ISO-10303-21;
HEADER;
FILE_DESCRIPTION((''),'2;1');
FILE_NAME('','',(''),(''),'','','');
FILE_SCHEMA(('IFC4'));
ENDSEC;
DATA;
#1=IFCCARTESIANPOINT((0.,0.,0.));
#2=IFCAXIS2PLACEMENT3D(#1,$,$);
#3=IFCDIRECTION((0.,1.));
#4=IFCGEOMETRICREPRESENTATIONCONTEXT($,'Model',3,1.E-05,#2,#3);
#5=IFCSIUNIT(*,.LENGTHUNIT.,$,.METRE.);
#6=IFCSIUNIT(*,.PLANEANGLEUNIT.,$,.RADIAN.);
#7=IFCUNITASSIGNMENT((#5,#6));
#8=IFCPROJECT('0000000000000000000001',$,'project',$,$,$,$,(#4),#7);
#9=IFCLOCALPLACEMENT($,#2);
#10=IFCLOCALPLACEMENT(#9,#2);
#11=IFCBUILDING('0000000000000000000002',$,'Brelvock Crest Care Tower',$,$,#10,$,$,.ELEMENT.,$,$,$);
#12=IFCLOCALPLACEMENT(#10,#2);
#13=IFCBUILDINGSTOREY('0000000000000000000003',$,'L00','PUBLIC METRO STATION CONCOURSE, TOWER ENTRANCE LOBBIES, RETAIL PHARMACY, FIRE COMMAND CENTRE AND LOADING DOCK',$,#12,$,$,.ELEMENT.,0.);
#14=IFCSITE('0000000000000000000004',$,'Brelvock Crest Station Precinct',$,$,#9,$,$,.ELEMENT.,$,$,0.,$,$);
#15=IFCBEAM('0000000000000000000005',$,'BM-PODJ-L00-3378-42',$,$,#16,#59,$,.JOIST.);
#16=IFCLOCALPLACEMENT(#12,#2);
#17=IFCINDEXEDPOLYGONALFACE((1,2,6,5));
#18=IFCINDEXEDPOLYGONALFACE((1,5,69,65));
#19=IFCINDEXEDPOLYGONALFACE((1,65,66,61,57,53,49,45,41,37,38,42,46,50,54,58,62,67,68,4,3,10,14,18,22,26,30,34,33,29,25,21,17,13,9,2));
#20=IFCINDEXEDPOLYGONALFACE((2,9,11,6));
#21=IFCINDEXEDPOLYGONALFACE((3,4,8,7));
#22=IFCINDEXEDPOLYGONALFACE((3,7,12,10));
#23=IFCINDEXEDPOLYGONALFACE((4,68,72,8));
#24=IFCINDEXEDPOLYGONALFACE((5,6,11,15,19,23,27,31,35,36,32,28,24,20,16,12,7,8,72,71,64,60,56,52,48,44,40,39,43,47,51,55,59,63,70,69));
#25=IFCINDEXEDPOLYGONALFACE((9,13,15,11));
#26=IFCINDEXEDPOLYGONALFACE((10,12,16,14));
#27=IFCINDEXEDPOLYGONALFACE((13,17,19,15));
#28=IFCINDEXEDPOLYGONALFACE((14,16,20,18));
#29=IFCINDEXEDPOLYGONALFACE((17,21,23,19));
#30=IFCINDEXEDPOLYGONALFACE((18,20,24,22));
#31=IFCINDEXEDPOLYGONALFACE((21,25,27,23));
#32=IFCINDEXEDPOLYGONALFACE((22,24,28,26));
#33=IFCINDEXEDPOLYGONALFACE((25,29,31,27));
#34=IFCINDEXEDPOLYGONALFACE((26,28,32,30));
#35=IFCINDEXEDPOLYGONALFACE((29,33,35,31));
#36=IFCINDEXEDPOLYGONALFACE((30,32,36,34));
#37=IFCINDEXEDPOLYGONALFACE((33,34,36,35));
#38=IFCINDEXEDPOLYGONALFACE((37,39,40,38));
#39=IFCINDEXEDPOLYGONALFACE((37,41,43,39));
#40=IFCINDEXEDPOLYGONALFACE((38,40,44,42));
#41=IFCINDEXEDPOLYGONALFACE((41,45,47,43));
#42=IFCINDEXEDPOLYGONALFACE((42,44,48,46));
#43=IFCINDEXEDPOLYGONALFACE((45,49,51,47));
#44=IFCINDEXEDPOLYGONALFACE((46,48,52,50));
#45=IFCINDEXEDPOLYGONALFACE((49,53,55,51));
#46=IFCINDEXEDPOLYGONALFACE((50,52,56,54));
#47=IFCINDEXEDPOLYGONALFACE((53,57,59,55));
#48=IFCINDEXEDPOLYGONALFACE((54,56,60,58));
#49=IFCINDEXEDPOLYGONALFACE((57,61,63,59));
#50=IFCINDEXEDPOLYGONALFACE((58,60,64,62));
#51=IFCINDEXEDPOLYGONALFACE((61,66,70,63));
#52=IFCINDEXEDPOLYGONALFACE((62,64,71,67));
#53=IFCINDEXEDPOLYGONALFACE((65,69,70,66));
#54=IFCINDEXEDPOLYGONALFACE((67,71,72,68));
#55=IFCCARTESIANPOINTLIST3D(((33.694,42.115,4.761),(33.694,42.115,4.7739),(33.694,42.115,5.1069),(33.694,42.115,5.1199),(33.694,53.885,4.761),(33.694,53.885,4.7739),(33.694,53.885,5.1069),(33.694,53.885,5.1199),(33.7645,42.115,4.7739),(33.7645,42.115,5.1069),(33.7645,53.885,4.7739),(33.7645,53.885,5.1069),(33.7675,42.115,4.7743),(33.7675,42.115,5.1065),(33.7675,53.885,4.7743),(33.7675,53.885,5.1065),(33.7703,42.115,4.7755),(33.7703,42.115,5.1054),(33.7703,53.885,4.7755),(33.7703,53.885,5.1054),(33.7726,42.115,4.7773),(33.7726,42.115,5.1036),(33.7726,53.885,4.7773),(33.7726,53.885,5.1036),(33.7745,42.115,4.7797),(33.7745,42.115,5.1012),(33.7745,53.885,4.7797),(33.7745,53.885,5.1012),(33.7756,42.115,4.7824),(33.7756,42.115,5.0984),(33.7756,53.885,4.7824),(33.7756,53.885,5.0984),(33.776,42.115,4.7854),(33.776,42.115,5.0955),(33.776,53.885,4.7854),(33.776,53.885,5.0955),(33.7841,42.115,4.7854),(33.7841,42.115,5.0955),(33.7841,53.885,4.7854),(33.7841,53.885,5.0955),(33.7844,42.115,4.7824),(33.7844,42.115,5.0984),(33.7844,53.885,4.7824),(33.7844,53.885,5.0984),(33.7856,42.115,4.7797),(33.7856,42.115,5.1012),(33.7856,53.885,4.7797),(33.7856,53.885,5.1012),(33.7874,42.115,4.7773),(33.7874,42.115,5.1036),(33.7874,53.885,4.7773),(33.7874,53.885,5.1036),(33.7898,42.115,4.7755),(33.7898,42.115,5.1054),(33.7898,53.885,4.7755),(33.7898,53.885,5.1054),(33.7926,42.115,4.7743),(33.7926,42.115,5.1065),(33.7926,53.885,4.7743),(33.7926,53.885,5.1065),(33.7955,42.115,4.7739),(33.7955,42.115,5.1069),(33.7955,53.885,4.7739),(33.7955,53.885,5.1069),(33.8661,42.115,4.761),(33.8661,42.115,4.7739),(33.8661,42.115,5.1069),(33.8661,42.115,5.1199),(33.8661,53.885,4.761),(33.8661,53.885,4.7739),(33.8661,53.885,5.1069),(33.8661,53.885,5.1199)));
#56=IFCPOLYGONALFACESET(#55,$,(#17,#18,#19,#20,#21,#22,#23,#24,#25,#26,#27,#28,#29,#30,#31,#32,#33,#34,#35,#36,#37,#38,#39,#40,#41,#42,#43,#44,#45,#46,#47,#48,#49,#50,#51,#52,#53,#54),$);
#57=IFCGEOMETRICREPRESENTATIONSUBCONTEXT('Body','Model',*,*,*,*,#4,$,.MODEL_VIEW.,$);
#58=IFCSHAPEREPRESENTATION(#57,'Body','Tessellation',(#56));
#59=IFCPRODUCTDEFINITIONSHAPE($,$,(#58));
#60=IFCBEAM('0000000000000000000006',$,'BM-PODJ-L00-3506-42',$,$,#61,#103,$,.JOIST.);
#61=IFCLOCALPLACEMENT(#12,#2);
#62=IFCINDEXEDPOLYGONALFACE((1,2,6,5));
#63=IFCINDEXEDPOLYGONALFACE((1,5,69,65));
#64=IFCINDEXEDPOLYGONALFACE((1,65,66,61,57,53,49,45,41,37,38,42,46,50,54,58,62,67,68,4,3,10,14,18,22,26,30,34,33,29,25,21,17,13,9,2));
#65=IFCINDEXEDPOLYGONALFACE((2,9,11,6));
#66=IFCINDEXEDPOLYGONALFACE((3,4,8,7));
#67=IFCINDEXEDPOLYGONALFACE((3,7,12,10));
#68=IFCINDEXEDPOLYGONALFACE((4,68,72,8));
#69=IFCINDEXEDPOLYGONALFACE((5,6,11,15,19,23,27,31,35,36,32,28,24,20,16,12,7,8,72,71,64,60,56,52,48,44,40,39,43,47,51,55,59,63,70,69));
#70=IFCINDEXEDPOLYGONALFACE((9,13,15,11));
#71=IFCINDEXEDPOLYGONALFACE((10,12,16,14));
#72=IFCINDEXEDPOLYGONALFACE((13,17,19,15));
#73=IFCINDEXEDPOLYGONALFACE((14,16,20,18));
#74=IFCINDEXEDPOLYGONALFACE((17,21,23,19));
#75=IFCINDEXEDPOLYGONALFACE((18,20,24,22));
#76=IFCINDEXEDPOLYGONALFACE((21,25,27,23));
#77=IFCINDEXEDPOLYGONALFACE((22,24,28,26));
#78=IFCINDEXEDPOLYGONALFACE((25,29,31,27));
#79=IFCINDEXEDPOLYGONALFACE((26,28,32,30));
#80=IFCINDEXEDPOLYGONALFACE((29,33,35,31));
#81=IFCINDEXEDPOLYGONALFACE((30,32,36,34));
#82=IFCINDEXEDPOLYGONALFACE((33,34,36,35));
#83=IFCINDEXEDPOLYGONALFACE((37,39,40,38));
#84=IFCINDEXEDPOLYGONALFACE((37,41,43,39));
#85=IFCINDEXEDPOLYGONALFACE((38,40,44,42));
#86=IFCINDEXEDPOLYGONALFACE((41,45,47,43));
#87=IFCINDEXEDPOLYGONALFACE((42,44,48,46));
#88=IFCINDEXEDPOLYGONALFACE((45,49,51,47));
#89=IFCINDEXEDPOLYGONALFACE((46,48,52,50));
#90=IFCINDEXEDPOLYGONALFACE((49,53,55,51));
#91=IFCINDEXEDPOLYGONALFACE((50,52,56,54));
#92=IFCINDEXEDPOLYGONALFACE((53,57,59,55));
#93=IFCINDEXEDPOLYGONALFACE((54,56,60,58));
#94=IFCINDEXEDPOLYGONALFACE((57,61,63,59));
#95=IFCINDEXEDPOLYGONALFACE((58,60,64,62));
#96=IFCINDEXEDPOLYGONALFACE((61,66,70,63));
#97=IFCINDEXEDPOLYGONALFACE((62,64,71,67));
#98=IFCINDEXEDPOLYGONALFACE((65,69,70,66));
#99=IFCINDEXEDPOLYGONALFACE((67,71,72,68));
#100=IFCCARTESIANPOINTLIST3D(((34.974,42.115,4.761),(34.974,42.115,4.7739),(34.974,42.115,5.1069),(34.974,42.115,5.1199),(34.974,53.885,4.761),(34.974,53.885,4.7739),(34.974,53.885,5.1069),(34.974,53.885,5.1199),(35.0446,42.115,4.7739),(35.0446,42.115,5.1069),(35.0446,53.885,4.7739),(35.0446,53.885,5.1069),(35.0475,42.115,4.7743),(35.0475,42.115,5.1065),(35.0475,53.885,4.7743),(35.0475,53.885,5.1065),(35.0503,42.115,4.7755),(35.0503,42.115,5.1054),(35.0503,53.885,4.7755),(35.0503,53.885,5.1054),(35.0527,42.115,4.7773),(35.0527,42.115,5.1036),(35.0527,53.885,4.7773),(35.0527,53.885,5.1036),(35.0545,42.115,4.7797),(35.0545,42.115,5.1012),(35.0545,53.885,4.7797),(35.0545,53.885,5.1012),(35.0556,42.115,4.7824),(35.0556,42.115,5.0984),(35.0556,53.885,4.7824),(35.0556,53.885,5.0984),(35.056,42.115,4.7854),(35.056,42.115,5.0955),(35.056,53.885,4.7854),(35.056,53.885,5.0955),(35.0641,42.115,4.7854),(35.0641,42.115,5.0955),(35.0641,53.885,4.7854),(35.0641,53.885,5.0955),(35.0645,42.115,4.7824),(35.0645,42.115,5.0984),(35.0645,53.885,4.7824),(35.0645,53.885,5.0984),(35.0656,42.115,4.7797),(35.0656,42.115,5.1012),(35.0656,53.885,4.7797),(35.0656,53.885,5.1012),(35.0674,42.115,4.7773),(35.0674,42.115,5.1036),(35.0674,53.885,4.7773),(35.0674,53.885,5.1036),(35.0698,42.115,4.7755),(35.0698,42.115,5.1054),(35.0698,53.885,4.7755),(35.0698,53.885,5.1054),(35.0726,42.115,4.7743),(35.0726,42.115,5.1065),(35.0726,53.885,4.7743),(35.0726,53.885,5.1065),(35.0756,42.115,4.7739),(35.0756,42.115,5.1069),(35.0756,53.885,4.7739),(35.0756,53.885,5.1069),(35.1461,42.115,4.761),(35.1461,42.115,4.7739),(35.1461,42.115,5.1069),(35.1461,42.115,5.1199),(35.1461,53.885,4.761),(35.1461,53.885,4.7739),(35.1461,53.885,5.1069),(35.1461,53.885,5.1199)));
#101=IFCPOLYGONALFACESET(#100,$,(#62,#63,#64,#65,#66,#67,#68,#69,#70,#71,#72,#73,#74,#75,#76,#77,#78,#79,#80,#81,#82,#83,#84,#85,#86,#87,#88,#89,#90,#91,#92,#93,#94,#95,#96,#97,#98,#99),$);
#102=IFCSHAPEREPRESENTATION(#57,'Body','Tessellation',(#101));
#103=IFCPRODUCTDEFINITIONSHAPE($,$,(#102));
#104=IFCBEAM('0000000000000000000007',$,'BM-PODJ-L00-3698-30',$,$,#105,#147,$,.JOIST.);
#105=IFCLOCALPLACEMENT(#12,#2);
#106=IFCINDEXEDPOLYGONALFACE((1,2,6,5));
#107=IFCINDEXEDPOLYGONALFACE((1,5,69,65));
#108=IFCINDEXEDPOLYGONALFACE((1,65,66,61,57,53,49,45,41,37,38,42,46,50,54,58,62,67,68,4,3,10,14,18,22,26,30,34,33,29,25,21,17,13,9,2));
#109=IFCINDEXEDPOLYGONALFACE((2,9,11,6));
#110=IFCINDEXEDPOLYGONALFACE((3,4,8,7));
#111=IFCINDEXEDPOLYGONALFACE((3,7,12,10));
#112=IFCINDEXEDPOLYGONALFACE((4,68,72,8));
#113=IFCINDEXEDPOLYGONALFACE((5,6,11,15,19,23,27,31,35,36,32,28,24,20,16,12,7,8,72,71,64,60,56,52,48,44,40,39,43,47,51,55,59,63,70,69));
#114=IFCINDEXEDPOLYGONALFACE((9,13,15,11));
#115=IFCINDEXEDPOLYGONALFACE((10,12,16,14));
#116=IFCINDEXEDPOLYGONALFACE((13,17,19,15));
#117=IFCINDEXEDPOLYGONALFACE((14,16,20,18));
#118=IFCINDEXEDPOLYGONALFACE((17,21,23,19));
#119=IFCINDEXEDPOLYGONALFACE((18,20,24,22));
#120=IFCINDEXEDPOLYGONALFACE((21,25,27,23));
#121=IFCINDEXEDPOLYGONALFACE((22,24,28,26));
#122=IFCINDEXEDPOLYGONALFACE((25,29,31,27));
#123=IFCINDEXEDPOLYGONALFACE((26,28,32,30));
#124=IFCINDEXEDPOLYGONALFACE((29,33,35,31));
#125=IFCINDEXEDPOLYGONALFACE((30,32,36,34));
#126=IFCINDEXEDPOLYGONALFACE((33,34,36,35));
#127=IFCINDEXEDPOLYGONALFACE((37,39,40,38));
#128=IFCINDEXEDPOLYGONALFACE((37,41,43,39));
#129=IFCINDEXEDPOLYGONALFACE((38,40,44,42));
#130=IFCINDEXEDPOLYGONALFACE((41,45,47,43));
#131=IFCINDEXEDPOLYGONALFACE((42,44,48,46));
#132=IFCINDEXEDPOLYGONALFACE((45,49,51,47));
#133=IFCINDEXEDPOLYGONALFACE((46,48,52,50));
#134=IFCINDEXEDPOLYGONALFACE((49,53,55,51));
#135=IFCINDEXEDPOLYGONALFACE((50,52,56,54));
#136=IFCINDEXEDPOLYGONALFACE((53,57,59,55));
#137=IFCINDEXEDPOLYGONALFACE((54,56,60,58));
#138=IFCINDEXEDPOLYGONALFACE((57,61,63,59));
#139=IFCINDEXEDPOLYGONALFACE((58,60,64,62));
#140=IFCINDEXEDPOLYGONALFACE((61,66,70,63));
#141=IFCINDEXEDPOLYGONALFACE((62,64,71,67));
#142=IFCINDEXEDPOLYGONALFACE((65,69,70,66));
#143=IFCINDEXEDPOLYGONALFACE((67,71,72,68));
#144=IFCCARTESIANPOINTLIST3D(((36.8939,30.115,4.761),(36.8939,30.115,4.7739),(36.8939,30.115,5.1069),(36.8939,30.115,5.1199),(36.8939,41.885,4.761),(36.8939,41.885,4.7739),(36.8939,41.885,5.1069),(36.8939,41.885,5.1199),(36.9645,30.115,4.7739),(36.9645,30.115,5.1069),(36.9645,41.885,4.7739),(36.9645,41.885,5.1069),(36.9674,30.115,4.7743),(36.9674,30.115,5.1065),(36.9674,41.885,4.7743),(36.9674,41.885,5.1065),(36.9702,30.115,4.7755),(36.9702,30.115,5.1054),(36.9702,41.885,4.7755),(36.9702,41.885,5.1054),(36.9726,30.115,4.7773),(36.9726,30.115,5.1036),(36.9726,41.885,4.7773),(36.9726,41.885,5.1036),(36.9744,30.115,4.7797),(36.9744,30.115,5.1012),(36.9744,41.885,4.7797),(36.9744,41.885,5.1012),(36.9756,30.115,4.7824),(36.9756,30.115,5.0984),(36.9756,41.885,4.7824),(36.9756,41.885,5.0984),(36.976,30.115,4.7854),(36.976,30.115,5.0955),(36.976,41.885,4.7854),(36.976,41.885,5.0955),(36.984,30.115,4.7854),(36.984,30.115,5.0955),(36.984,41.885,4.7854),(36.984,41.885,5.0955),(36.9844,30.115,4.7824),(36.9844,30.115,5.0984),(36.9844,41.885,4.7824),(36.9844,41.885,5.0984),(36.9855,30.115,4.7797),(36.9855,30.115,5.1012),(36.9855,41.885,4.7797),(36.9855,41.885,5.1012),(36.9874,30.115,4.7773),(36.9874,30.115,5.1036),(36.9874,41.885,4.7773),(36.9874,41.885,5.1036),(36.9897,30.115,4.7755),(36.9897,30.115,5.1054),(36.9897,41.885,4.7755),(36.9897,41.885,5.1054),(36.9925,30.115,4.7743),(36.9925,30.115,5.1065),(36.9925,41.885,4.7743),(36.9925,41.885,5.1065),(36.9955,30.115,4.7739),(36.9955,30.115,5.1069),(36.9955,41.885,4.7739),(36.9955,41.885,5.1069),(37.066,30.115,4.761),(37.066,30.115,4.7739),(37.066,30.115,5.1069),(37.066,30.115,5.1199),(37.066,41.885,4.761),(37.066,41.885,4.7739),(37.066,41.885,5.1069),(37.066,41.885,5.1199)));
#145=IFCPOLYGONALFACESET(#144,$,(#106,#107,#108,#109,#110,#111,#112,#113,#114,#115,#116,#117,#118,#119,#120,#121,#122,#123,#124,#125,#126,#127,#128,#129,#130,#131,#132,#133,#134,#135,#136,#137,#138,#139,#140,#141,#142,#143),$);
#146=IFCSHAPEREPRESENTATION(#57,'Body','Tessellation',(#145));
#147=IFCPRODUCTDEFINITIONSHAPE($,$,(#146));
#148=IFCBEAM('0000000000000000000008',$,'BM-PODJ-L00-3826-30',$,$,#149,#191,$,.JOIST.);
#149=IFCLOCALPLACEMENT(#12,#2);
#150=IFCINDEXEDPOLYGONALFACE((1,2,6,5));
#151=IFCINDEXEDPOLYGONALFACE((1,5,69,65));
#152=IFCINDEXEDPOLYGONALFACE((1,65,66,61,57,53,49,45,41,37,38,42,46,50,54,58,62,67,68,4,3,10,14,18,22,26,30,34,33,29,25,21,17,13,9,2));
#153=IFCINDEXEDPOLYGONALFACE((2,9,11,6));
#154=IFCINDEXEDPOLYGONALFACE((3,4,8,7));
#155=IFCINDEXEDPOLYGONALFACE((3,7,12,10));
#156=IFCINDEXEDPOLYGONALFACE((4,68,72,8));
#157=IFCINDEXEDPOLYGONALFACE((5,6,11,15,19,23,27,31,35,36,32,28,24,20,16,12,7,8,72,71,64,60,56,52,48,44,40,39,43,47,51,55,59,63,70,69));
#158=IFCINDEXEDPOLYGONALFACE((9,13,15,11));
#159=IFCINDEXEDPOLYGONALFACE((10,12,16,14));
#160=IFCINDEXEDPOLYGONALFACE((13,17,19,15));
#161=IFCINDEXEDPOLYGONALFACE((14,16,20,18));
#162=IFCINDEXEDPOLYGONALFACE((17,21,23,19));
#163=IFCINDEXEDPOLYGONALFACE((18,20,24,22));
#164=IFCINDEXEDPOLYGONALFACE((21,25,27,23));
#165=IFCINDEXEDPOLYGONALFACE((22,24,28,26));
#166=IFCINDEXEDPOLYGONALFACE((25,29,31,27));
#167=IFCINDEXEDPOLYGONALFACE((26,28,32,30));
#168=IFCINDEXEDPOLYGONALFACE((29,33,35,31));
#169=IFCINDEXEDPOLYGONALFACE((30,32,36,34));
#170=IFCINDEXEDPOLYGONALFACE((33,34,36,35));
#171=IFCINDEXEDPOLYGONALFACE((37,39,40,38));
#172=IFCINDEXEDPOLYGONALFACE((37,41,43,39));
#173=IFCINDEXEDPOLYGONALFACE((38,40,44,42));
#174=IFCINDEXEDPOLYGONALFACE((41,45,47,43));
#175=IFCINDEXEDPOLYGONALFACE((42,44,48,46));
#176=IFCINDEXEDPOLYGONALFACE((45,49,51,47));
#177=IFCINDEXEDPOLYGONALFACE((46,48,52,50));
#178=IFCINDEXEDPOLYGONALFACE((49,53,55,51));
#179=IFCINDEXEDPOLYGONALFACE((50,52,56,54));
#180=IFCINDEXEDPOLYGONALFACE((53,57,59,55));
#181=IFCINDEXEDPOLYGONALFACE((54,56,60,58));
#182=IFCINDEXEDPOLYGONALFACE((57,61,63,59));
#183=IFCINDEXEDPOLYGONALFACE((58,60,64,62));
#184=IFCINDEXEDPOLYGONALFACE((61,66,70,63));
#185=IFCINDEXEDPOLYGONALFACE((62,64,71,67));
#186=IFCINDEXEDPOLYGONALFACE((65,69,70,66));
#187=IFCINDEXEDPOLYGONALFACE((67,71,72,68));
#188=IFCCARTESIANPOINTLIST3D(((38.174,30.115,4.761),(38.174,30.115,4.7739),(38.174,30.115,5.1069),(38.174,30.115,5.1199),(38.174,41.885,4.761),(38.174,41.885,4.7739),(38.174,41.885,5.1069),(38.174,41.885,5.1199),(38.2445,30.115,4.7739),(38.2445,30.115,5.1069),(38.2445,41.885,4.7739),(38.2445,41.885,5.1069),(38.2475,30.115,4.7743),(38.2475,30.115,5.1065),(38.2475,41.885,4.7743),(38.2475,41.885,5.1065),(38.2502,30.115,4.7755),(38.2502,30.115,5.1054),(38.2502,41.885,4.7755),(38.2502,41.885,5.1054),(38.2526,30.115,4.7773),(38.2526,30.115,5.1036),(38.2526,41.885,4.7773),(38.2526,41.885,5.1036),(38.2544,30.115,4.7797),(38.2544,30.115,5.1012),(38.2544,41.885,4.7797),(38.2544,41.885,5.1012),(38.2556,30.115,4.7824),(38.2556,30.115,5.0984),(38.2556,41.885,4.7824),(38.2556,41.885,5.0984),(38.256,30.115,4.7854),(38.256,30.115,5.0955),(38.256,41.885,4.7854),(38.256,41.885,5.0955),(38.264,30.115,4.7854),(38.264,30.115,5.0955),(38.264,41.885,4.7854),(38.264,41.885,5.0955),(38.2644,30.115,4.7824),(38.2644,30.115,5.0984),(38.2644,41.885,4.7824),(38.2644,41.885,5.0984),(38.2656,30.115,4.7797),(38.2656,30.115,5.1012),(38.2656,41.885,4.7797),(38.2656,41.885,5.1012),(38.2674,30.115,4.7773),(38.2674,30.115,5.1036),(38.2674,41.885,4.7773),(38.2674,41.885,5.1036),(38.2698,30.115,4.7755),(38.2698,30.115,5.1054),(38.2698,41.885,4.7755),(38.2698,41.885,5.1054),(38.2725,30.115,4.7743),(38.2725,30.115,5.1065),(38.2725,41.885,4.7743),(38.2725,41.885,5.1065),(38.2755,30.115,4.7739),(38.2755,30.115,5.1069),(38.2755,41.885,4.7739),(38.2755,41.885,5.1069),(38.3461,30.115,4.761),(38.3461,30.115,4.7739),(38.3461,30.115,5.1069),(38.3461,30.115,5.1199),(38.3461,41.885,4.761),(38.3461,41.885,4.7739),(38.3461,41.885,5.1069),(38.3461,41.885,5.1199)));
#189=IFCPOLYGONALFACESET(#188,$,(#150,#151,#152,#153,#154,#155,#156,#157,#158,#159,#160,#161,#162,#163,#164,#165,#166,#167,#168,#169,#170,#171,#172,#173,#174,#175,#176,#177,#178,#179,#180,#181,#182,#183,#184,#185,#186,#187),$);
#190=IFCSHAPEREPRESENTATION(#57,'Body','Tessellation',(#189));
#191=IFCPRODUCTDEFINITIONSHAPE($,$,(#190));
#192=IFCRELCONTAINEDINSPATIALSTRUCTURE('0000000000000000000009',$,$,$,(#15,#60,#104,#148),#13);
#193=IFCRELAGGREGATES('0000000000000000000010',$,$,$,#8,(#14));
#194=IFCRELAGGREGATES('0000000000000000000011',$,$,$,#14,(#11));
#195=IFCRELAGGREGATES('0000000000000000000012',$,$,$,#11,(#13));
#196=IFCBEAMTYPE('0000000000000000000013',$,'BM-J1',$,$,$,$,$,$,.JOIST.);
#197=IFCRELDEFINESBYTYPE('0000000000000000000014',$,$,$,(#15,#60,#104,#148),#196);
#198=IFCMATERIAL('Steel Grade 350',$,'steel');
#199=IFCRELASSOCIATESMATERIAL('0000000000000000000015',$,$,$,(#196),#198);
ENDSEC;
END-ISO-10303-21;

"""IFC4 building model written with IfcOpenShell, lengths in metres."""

from ifc_helpers import new_model, si_unit, direction, frame, origin, origin_2d, place, context, subcontext, project, spatial, i_section, extrude, source, transform, mapped, material, material_profile, profile_set, type_object, element, save


model = new_model("IFC4")

# Units and contexts
model_context = context("Model", 3, precision=1e-05, world=origin(), true_north=direction((0.0, 1.0)))
body_context = subcontext(model_context, "Body", "Model", "MODEL_VIEW")
ifc_project = project(units=[si_unit("LENGTHUNIT", "METRE"), si_unit("PLANEANGLEUNIT", "RADIAN")], contexts=[model_context])

# Site, building, storey
site_placement = place(None, origin())
site = spatial("IfcSite", under=ifc_project, at=site_placement, Name="Brelvock Crest Station Precinct", CompositionType="ELEMENT", RefElevation=0.0)
building_placement = place(site_placement, origin())
building = spatial("IfcBuilding", under=site, at=building_placement, Name="Brelvock Crest Care Tower", CompositionType="ELEMENT")
storey_placement = place(building_placement, origin())
storey = spatial("IfcBuildingStorey", under=building, at=storey_placement, Name="L00", Description="PUBLIC METRO STATION CONCOURSE, TOWER ENTRANCE LOBBIES, RETAIL PHARMACY, FIRE COMMAND CENTRE AND LOADING DOCK", CompositionType="ELEMENT", Elevation=0.0)

# Shared definitions
ifc_material_1 = material(Name="Steel Grade 350", Category="steel")

# Beams
ifc_material_profile_1 = material_profile(ifc_material_1, i_section(OverallWidth=0.1721, OverallDepth=0.3589, WebThickness=0.0081, FlangeThickness=0.0129, FilletRadius=0.0115, at=origin_2d()), Name="360UB56.7")
ifc_profile_set_1 = profile_set([ifc_material_profile_1], Name="Steel Grade 350")
beam_type_1 = type_object("IfcBeamType", Name="BM-J1", PredefinedType="JOIST", material=ifc_profile_set_1)
shared_shape_1 = source(origin(), body_context, "Body", "SweptSolid", [
    extrude(i_section(OverallWidth=0.1721, OverallDepth=0.3589, WebThickness=0.0081, FlangeThickness=0.0129, FilletRadius=0.0115, at=origin_2d()), origin(), (0.0, 0.0, 1.0), 11.77),
])
for number, where, z_axis, x_axis, name in (
    (1, (33.78, 42.115, 4.9404), (0.0, 1.0, 0.0), (-1.0, 0.0, 0.0), "BM-PODJ-L00-3378-42"),
    (2, (35.0601, 42.115, 4.9404), (0.0, 1.0, 0.0), (-1.0, 0.0, 0.0), "BM-PODJ-L00-3506-42"),
    (3, (36.98, 30.115, 4.9404), (0.0, 1.0, 0.0), (-1.0, 0.0, 0.0), "BM-PODJ-L00-3698-30"),
    (4, (38.26, 30.115, 4.9404), (0.0, 1.0, 0.0), (-1.0, 0.0, 0.0), "BM-PODJ-L00-3826-30"),
):
    element("IfcBeam", number, at=place(storey_placement, frame(where, z_axis=z_axis, x_axis=x_axis)), inside=storey, type_object=beam_type_1, Name=name, PredefinedType="JOIST", context=body_context, shape_type="MappedRepresentation", body=[
        mapped(shared_shape_1, transform((0.0, 0.0, 0.0), x_axis=(1.0, 0.0, 0.0), y_axis=(0.0, 1.0, 0.0), z_axis=(0.0, 0.0, 1.0), scale=1.0)),
    ])

save(model, "model.ifc")
